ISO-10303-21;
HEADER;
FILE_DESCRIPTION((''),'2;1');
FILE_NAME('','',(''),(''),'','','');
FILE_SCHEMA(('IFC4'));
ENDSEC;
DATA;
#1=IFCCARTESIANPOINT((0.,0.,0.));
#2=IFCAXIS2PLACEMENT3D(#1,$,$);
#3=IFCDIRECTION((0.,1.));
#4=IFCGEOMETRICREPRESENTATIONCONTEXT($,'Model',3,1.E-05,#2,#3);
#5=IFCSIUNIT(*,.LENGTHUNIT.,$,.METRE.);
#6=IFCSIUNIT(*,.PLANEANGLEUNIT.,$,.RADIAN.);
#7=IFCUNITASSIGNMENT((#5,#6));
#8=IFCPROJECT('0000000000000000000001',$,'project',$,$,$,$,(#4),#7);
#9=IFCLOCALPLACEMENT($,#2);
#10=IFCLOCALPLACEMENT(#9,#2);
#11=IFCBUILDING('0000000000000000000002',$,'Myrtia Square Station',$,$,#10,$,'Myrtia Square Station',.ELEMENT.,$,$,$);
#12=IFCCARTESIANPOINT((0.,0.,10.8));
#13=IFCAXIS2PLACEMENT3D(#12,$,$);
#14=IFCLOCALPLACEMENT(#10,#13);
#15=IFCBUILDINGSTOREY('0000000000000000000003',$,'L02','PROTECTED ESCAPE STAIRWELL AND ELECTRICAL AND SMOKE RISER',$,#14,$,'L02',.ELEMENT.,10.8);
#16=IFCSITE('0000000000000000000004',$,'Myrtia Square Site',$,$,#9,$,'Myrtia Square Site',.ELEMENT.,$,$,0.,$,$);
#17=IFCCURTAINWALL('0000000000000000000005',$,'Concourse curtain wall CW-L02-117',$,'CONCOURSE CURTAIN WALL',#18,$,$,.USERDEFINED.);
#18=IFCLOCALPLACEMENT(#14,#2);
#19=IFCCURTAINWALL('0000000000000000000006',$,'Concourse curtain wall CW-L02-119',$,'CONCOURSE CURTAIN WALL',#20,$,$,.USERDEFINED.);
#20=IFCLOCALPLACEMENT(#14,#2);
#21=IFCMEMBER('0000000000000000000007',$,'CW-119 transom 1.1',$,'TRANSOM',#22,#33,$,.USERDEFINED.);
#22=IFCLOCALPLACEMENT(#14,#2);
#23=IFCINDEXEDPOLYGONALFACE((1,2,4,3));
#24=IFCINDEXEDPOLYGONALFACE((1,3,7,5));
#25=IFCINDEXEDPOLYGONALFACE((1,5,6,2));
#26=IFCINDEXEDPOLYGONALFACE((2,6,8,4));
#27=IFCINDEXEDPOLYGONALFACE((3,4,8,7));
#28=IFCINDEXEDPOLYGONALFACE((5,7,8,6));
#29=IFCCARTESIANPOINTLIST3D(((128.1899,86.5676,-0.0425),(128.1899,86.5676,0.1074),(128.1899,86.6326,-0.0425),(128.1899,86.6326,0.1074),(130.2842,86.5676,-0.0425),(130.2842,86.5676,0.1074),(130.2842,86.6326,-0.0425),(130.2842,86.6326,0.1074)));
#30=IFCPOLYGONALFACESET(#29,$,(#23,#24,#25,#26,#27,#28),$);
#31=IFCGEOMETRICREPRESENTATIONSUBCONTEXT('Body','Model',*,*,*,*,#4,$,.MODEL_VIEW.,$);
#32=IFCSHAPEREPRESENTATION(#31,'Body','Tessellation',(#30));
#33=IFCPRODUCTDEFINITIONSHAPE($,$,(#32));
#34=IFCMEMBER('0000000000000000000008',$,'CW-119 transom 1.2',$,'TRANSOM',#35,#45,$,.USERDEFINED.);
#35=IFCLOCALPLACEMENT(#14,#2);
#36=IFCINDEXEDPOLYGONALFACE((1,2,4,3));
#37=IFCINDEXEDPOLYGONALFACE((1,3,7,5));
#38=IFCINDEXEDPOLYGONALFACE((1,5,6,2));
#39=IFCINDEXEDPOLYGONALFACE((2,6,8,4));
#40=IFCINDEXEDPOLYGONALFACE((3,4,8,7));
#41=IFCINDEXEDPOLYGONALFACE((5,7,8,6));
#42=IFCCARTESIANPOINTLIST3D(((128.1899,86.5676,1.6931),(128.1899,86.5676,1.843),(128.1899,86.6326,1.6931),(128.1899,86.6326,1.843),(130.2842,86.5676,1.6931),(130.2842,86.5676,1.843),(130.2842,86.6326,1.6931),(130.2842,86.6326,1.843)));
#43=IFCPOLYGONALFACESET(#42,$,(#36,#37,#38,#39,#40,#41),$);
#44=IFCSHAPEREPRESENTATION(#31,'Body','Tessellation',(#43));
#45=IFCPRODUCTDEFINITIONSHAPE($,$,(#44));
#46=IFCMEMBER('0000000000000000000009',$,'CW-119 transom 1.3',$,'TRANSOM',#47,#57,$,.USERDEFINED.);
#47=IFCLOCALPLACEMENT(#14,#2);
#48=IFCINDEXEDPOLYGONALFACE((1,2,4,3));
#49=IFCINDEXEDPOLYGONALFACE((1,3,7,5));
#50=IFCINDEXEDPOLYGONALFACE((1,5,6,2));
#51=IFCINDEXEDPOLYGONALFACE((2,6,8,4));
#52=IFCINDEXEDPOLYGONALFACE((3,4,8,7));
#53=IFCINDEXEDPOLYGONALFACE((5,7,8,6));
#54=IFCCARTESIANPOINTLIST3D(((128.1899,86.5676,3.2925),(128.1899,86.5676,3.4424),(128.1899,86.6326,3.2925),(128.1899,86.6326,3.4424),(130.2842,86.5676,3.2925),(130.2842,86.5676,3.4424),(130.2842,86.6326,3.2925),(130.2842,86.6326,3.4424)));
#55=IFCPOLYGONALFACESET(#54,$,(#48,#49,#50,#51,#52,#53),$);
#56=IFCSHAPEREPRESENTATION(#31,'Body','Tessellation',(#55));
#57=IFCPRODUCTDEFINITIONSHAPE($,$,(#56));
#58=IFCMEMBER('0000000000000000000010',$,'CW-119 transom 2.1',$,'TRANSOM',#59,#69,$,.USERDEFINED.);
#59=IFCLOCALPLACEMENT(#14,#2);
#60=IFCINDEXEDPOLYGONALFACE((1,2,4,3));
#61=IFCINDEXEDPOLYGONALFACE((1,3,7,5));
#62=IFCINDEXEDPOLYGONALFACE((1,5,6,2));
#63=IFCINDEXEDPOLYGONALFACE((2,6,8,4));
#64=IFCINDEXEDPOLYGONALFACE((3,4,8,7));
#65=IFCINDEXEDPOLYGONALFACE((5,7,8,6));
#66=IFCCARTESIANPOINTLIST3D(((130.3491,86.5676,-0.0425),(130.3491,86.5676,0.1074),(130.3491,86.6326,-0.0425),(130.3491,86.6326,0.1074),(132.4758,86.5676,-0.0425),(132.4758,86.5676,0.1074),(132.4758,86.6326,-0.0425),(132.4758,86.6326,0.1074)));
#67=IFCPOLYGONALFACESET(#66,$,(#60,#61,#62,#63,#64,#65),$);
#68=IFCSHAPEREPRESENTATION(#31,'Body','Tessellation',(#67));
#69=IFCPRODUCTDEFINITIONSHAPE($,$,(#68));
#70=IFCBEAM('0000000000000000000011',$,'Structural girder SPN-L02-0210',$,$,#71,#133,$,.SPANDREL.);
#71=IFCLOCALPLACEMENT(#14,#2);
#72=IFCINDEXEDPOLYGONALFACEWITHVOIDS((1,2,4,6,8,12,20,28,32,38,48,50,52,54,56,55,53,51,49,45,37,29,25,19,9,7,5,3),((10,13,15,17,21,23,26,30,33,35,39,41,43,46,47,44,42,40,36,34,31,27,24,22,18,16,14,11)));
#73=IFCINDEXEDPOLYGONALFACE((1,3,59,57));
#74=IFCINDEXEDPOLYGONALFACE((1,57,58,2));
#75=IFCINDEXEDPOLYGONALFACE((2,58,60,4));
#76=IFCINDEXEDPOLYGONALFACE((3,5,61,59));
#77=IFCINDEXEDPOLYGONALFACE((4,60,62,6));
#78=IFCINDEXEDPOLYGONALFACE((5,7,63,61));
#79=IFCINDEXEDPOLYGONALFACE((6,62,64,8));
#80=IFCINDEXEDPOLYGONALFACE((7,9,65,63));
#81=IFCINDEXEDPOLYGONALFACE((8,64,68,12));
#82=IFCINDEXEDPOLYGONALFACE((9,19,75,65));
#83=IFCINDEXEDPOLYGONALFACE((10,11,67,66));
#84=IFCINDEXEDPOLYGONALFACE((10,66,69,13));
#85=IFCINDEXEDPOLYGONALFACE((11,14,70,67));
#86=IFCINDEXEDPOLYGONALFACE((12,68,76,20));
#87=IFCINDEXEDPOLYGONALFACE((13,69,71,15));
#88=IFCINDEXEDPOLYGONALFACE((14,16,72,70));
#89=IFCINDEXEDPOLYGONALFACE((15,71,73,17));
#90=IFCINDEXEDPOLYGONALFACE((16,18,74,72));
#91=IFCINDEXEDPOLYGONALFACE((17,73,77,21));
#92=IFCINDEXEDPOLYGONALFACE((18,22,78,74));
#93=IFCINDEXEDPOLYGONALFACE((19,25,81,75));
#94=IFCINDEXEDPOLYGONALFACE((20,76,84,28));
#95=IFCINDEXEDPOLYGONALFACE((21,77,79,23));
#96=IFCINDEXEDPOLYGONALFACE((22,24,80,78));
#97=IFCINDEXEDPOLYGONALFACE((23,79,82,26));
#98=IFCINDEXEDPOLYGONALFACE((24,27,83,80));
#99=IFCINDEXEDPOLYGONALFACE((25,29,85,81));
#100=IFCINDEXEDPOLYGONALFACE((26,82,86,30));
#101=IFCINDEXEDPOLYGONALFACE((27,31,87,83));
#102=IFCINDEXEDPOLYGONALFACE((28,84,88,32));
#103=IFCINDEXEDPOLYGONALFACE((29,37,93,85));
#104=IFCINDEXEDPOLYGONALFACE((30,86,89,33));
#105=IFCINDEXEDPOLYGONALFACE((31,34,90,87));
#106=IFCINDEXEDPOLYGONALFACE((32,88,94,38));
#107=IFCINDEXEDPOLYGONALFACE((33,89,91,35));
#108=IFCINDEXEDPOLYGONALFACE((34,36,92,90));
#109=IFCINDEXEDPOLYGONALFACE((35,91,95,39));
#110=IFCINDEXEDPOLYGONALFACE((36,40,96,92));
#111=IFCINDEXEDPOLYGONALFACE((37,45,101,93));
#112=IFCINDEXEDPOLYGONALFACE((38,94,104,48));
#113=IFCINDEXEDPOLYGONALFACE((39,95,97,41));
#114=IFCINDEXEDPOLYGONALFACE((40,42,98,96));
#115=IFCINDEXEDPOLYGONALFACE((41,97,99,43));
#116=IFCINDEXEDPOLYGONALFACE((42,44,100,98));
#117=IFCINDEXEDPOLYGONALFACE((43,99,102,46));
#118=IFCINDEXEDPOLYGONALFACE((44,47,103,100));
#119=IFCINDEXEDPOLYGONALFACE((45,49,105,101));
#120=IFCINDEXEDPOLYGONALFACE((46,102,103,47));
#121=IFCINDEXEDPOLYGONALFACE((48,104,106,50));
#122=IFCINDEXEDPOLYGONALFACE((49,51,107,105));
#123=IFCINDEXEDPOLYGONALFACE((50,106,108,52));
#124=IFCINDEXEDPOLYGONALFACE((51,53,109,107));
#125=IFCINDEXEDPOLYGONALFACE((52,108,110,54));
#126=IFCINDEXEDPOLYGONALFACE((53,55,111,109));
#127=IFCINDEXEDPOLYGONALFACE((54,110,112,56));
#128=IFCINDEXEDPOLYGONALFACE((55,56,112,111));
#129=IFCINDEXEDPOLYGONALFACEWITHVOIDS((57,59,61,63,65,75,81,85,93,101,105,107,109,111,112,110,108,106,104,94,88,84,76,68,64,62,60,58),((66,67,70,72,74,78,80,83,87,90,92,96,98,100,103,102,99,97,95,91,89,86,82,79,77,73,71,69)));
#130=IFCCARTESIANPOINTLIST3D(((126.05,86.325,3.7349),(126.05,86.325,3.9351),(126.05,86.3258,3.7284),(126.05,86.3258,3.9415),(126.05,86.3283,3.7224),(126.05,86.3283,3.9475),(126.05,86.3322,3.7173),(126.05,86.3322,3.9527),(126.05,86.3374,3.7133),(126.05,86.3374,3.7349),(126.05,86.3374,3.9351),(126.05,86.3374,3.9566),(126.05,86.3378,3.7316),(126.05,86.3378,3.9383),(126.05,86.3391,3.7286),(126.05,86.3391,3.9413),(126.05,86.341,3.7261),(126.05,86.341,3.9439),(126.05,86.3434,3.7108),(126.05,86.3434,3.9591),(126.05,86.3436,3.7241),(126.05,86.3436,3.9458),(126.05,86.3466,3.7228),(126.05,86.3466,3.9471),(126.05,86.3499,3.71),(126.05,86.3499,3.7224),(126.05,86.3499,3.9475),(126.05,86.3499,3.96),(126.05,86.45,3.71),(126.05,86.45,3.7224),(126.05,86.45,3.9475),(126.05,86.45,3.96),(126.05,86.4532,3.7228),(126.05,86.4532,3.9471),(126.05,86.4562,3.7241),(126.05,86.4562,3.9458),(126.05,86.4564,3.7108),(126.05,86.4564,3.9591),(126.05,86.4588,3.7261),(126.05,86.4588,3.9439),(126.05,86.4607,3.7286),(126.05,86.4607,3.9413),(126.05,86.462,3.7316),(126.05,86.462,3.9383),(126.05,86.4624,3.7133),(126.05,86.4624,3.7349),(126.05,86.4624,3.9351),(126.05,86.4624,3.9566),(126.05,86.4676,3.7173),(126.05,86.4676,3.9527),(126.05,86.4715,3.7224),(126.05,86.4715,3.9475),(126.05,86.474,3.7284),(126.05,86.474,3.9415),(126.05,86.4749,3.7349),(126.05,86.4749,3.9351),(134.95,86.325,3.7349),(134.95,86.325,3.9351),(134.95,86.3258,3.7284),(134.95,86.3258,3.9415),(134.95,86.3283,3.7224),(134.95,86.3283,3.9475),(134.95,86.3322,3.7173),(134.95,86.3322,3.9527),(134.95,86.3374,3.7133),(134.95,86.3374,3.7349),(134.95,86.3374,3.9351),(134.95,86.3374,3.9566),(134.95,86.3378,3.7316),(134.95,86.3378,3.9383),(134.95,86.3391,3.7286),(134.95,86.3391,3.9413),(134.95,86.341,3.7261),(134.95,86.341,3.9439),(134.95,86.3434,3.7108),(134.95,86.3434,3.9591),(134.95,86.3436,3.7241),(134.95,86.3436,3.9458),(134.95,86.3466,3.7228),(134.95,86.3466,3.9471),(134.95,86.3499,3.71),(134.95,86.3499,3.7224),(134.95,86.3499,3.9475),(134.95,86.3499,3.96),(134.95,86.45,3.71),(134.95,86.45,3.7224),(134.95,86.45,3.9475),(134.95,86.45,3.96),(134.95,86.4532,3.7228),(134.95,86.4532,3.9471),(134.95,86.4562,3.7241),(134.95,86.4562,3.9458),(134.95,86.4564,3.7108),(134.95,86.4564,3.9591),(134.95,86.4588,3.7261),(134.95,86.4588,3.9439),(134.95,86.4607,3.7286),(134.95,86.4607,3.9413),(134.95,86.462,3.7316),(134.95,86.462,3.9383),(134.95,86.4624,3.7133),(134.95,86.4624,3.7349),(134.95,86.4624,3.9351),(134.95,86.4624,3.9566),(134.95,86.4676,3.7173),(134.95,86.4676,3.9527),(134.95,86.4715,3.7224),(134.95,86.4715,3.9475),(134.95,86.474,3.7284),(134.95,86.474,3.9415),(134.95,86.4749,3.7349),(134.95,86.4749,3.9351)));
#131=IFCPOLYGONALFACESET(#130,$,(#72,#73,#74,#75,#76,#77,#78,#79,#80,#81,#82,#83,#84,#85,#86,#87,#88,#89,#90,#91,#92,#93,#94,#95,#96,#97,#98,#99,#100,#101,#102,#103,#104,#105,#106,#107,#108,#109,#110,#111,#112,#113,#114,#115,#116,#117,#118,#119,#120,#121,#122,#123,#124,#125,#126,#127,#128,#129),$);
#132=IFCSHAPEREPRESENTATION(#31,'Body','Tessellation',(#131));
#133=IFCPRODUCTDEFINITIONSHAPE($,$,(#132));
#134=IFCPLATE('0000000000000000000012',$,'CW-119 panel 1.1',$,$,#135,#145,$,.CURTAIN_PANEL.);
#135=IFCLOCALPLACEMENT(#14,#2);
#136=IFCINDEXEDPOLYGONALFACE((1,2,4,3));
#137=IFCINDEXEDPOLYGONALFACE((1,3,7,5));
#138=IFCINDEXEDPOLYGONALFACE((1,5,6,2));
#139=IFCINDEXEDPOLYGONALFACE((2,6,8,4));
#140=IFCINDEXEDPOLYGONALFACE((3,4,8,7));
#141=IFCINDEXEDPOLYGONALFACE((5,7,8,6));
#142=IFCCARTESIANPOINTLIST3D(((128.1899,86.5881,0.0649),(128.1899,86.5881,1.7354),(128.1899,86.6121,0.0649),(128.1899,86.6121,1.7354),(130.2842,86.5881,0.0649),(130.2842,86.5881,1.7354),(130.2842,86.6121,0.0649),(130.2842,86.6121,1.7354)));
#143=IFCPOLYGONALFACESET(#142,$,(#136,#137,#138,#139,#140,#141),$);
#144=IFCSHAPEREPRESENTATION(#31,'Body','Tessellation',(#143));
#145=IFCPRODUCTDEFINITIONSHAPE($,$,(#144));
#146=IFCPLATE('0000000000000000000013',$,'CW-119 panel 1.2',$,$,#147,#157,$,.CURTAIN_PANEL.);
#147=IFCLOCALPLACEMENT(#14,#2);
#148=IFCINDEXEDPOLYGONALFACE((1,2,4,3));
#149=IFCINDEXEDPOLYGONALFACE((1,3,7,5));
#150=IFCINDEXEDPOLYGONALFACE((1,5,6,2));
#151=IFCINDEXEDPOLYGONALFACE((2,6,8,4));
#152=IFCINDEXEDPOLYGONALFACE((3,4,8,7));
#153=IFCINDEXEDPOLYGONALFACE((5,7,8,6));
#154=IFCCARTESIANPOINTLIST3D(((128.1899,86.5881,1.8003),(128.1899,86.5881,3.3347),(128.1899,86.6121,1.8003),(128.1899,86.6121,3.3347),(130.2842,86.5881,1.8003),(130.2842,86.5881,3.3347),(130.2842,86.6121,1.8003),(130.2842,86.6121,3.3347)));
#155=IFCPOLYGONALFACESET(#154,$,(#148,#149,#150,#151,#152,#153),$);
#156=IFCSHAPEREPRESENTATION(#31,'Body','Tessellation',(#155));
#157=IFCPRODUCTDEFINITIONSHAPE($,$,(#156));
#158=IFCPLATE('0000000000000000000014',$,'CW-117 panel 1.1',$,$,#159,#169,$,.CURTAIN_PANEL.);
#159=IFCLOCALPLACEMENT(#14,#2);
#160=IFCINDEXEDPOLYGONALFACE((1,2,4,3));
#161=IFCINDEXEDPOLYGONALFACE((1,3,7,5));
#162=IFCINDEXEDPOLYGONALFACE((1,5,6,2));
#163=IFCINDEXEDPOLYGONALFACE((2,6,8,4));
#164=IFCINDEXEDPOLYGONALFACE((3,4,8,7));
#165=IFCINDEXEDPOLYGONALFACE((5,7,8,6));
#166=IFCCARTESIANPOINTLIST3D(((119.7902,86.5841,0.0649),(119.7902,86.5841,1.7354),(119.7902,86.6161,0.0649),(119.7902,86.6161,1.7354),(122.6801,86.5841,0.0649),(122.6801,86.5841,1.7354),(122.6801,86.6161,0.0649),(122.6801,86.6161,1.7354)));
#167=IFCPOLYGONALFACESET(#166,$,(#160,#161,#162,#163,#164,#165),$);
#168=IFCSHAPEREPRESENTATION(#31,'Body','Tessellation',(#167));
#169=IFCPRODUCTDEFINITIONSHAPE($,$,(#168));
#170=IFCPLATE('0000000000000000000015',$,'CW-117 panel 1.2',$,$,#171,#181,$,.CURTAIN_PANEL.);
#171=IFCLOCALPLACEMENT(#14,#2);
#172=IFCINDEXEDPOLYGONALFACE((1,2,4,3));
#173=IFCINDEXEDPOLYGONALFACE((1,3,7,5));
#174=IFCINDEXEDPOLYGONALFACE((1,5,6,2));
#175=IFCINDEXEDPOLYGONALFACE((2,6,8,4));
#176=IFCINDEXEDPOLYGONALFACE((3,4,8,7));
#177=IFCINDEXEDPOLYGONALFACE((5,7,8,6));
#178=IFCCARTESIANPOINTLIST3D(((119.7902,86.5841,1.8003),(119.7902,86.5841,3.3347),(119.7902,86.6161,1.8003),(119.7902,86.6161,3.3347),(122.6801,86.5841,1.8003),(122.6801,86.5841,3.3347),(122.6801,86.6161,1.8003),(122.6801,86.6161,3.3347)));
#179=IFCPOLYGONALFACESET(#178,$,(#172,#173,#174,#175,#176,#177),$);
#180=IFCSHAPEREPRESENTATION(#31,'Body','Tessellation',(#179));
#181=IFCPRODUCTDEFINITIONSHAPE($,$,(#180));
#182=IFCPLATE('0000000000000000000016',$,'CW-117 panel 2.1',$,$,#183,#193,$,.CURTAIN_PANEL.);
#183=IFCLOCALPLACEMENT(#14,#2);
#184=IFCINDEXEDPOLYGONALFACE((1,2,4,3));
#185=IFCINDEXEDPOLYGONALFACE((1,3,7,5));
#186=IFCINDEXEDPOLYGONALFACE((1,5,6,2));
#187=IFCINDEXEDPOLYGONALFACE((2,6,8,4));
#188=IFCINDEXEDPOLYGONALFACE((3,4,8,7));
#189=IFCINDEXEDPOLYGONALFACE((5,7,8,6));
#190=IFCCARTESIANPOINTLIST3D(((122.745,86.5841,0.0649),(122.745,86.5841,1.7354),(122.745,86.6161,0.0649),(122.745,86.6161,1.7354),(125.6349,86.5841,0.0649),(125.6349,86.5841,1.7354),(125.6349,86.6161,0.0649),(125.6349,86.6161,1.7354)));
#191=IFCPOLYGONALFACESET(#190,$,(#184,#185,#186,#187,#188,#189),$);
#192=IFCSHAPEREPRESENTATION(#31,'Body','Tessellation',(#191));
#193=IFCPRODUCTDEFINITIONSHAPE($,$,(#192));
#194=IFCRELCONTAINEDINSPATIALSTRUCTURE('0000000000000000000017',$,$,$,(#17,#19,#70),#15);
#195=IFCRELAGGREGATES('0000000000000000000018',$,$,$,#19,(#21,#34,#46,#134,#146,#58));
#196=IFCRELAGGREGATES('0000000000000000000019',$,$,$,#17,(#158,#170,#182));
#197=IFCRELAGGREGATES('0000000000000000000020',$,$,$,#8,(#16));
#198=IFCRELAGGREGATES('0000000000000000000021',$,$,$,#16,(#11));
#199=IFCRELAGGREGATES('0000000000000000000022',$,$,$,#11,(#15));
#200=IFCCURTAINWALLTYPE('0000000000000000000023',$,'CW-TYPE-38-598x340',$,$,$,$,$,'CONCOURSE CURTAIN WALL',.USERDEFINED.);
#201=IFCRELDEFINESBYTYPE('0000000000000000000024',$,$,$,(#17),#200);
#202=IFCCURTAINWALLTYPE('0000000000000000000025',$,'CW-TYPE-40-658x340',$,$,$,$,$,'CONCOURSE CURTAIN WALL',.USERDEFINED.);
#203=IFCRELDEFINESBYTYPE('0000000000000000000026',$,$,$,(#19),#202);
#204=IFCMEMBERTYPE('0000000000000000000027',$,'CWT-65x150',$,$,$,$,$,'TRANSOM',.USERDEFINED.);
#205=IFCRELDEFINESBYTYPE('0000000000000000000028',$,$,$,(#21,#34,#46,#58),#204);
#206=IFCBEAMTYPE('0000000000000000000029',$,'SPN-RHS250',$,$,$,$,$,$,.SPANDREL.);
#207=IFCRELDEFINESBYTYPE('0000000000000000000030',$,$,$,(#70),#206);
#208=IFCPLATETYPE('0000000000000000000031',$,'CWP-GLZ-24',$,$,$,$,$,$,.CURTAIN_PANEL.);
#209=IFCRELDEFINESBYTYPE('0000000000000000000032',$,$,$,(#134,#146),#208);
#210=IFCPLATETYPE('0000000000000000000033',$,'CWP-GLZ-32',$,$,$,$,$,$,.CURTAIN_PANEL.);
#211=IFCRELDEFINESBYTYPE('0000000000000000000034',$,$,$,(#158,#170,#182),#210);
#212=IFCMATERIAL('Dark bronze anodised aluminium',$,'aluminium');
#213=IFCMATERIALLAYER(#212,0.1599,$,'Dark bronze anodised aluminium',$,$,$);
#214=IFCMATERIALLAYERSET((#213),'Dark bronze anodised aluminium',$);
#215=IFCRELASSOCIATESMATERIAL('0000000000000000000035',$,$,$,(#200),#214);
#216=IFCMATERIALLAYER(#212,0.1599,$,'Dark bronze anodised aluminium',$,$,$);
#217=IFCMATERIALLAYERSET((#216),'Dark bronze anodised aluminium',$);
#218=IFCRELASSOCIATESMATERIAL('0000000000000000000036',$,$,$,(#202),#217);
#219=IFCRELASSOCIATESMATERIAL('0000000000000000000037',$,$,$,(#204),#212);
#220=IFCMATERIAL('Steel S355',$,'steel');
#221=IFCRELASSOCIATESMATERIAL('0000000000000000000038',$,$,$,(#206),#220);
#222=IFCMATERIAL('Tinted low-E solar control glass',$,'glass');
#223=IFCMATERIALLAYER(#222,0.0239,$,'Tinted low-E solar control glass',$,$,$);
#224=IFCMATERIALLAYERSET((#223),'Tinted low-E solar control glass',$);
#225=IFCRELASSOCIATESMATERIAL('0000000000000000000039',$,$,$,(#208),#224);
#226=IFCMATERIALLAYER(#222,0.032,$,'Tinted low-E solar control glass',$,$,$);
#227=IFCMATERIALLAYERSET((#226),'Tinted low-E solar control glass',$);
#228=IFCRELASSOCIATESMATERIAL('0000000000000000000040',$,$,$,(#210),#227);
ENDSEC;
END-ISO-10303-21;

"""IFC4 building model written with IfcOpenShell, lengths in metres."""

from ifc_helpers import new_model, si_unit, direction, frame, origin, origin_2d, place, context, subcontext, project, spatial, rectangle, hollow_rectangle, extrude, material, layer, layer_set, material_profile, profile_set, type_object, element, aggregate, save


model = new_model("IFC4")

# Units and contexts
model_context = context("Model", 3, precision=1e-05, world=origin(), true_north=direction((0.0, 1.0)))
body_context = subcontext(model_context, "Body", "Model", "MODEL_VIEW")
ifc_project = project(units=[si_unit("LENGTHUNIT", "METRE"), si_unit("PLANEANGLEUNIT", "RADIAN")], contexts=[model_context])

# Site, building, storey
site_placement = place(None, origin())
site = spatial("IfcSite", under=ifc_project, at=site_placement, Name="Myrtia Square Site", LongName="Myrtia Square Site", CompositionType="ELEMENT", RefElevation=0.0)
building_placement = place(site_placement, origin())
building = spatial("IfcBuilding", under=site, at=building_placement, Name="Myrtia Square Station", LongName="Myrtia Square Station", CompositionType="ELEMENT")
storey_placement = place(building_placement, frame((0.0, 0.0, 10.8)))
storey = spatial("IfcBuildingStorey", under=building, at=storey_placement, Name="L02", Description="PROTECTED ESCAPE STAIRWELL AND ELECTRICAL AND SMOKE RISER", LongName="L02", CompositionType="ELEMENT", Elevation=10.8)

# Shared definitions
ifc_material_1 = material(Name="Steel S355", Category="steel")

# Curtain walls
ifc_material_2 = material(Name="Dark bronze anodised aluminium", Category="aluminium")
ifc_layer_1 = layer(ifc_material_2, 0.1599, Name="Dark bronze anodised aluminium")
ifc_layer_set_1 = layer_set([ifc_layer_1], Name="Dark bronze anodised aluminium")
curtain_wall_type_1 = type_object("IfcCurtainWallType", Name="CW-TYPE-38-598x340", ElementType="CONCOURSE CURTAIN WALL", PredefinedType="USERDEFINED", material=ifc_layer_set_1)
curtain_wall_1_placement = place(storey_placement, origin())
curtain_wall_1 = element("IfcCurtainWall", 1, at=curtain_wall_1_placement, inside=storey, type_object=curtain_wall_type_1, Name="Concourse curtain wall CW-L02-117", ObjectType="CONCOURSE CURTAIN WALL", PredefinedType="USERDEFINED")
ifc_layer_2 = layer(ifc_material_2, 0.1599, Name="Dark bronze anodised aluminium")
ifc_layer_set_2 = layer_set([ifc_layer_2], Name="Dark bronze anodised aluminium")
curtain_wall_type_2 = type_object("IfcCurtainWallType", Name="CW-TYPE-40-658x340", ElementType="CONCOURSE CURTAIN WALL", PredefinedType="USERDEFINED", material=ifc_layer_set_2)
curtain_wall_2_placement = place(storey_placement, origin())
curtain_wall_2 = element("IfcCurtainWall", 2, at=curtain_wall_2_placement, inside=storey, type_object=curtain_wall_type_2, Name="Concourse curtain wall CW-L02-119", ObjectType="CONCOURSE CURTAIN WALL", PredefinedType="USERDEFINED")

# Members
ifc_material_profile_1 = material_profile(ifc_material_2, rectangle(XDim=0.0649, YDim=0.1499, at=origin_2d()), Name="ALU-T 65x150")
ifc_profile_set_1 = profile_set([ifc_material_profile_1], Name="Dark bronze anodised aluminium")
member_type_1 = type_object("IfcMemberType", Name="CWT-65x150", ElementType="TRANSOM", PredefinedType="USERDEFINED", material=ifc_profile_set_1)
member_1_placement = place(storey_placement, frame((128.1899, 86.6001, 0.0325), z_axis=(1.0, 0.0, 0.0), x_axis=(0.0, 1.0, 0.0)))
member_1 = element("IfcMember", 3, at=member_1_placement, type_object=member_type_1, Name="CW-119 transom 1.1", ObjectType="TRANSOM", PredefinedType="USERDEFINED", context=body_context, shape_type="SweptSolid", body=[
    extrude(rectangle(XDim=0.0649, YDim=0.1499, at=origin_2d()), origin(), (0.0, 0.0, 1.0), 2.0942),
])
member_2_placement = place(storey_placement, frame((128.1899, 86.6001, 1.7681), z_axis=(1.0, 0.0, 0.0), x_axis=(0.0, 1.0, 0.0)))
member_2 = element("IfcMember", 4, at=member_2_placement, type_object=member_type_1, Name="CW-119 transom 1.2", ObjectType="TRANSOM", PredefinedType="USERDEFINED", context=body_context, shape_type="SweptSolid", body=[
    extrude(rectangle(XDim=0.0649, YDim=0.1499, at=origin_2d()), origin(), (0.0, 0.0, 1.0), 2.0942),
])
member_3_placement = place(storey_placement, frame((128.1899, 86.6001, 3.3674), z_axis=(1.0, 0.0, 0.0), x_axis=(0.0, 1.0, 0.0)))
member_3 = element("IfcMember", 5, at=member_3_placement, type_object=member_type_1, Name="CW-119 transom 1.3", ObjectType="TRANSOM", PredefinedType="USERDEFINED", context=body_context, shape_type="SweptSolid", body=[
    extrude(rectangle(XDim=0.0649, YDim=0.1499, at=origin_2d()), origin(), (0.0, 0.0, 1.0), 2.0942),
])
member_4_placement = place(storey_placement, frame((130.3491, 86.6001, 0.0325), z_axis=(1.0, 0.0, 0.0), x_axis=(0.0, 1.0, 0.0)))
member_4 = element("IfcMember", 6, at=member_4_placement, type_object=member_type_1, Name="CW-119 transom 2.1", ObjectType="TRANSOM", PredefinedType="USERDEFINED", context=body_context, shape_type="SweptSolid", body=[
    extrude(rectangle(XDim=0.0649, YDim=0.1499, at=origin_2d()), origin(), (0.0, 0.0, 1.0), 2.1267),
])

# Beam
ifc_material_profile_2 = material_profile(ifc_material_1, hollow_rectangle(XDim=0.1499, YDim=0.25, WallThickness=0.0125, InnerFilletRadius=0.0125, OuterFilletRadius=0.0249, at=origin_2d()), Name="RHS 250x150x12.5")
ifc_profile_set_2 = profile_set([ifc_material_profile_2], Name="Steel S355")
beam_type_1 = type_object("IfcBeamType", Name="SPN-RHS250", PredefinedType="SPANDREL", material=ifc_profile_set_2)
beam_1_placement = place(storey_placement, frame((126.05, 86.3999, 3.835), z_axis=(1.0, 0.0, 0.0), x_axis=(0.0, 1.0, 0.0)))
element("IfcBeam", 7, at=beam_1_placement, inside=storey, type_object=beam_type_1, Name="Structural girder SPN-L02-0210", PredefinedType="SPANDREL", context=body_context, shape_type="SweptSolid", body=[
    extrude(hollow_rectangle(XDim=0.1499, YDim=0.25, WallThickness=0.0125, InnerFilletRadius=0.0125, OuterFilletRadius=0.0249, at=origin_2d()), origin(), (0.0, 0.0, 1.0), 8.8999),
])

# Plates
ifc_material_3 = material(Name="Tinted low-E solar control glass", Category="glass")
ifc_layer_3 = layer(ifc_material_3, 0.0239, Name="Tinted low-E solar control glass")
ifc_layer_set_3 = layer_set([ifc_layer_3], Name="Tinted low-E solar control glass")
plate_type_1 = type_object("IfcPlateType", Name="CWP-GLZ-24", PredefinedType="CURTAIN_PANEL", material=ifc_layer_set_3)
plate_1_placement = place(storey_placement, frame((129.2371, 86.6001, 0.0649), z_axis=(0.0, 0.0, 1.0), x_axis=(1.0, 0.0, 0.0)))
plate_1 = element("IfcPlate", 8, at=plate_1_placement, type_object=plate_type_1, Name="CW-119 panel 1.1", PredefinedType="CURTAIN_PANEL", context=body_context, shape_type="SweptSolid", body=[
    extrude(rectangle(XDim=2.0942, YDim=0.0239, at=origin_2d()), origin(), (0.0, 0.0, 1.0), 1.6704),
])
plate_2_placement = place(storey_placement, frame((129.2371, 86.6001, 1.8003), z_axis=(0.0, 0.0, 1.0), x_axis=(1.0, 0.0, 0.0)))
plate_2 = element("IfcPlate", 9, at=plate_2_placement, type_object=plate_type_1, Name="CW-119 panel 1.2", PredefinedType="CURTAIN_PANEL", context=body_context, shape_type="SweptSolid", body=[
    extrude(rectangle(XDim=2.0942, YDim=0.0239, at=origin_2d()), origin(), (0.0, 0.0, 1.0), 1.5344),
])
aggregate(curtain_wall_2, [member_1, member_2, member_3, plate_1, plate_2, member_4])
ifc_layer_4 = layer(ifc_material_3, 0.032, Name="Tinted low-E solar control glass")
ifc_layer_set_4 = layer_set([ifc_layer_4], Name="Tinted low-E solar control glass")
plate_type_2 = type_object("IfcPlateType", Name="CWP-GLZ-32", PredefinedType="CURTAIN_PANEL", material=ifc_layer_set_4)
plate_3_placement = place(storey_placement, frame((121.2351, 86.6001, 0.0649), z_axis=(0.0, 0.0, 1.0), x_axis=(1.0, 0.0, 0.0)))
plate_3 = element("IfcPlate", 10, at=plate_3_placement, type_object=plate_type_2, Name="CW-117 panel 1.1", PredefinedType="CURTAIN_PANEL", context=body_context, shape_type="SweptSolid", body=[
    extrude(rectangle(XDim=2.8899, YDim=0.032, at=origin_2d()), origin(), (0.0, 0.0, 1.0), 1.6704),
])
plate_4_placement = place(storey_placement, frame((121.2351, 86.6001, 1.8003), z_axis=(0.0, 0.0, 1.0), x_axis=(1.0, 0.0, 0.0)))
plate_4 = element("IfcPlate", 11, at=plate_4_placement, type_object=plate_type_2, Name="CW-117 panel 1.2", PredefinedType="CURTAIN_PANEL", context=body_context, shape_type="SweptSolid", body=[
    extrude(rectangle(XDim=2.8899, YDim=0.032, at=origin_2d()), origin(), (0.0, 0.0, 1.0), 1.5344),
])
plate_5_placement = place(storey_placement, frame((124.1899, 86.6001, 0.0649), z_axis=(0.0, 0.0, 1.0), x_axis=(1.0, 0.0, 0.0)))
plate_5 = element("IfcPlate", 12, at=plate_5_placement, type_object=plate_type_2, Name="CW-117 panel 2.1", PredefinedType="CURTAIN_PANEL", context=body_context, shape_type="SweptSolid", body=[
    extrude(rectangle(XDim=2.8899, YDim=0.032, at=origin_2d()), origin(), (0.0, 0.0, 1.0), 1.6704),
])
aggregate(curtain_wall_1, [plate_3, plate_4, plate_5])

save(model, "model.ifc")
